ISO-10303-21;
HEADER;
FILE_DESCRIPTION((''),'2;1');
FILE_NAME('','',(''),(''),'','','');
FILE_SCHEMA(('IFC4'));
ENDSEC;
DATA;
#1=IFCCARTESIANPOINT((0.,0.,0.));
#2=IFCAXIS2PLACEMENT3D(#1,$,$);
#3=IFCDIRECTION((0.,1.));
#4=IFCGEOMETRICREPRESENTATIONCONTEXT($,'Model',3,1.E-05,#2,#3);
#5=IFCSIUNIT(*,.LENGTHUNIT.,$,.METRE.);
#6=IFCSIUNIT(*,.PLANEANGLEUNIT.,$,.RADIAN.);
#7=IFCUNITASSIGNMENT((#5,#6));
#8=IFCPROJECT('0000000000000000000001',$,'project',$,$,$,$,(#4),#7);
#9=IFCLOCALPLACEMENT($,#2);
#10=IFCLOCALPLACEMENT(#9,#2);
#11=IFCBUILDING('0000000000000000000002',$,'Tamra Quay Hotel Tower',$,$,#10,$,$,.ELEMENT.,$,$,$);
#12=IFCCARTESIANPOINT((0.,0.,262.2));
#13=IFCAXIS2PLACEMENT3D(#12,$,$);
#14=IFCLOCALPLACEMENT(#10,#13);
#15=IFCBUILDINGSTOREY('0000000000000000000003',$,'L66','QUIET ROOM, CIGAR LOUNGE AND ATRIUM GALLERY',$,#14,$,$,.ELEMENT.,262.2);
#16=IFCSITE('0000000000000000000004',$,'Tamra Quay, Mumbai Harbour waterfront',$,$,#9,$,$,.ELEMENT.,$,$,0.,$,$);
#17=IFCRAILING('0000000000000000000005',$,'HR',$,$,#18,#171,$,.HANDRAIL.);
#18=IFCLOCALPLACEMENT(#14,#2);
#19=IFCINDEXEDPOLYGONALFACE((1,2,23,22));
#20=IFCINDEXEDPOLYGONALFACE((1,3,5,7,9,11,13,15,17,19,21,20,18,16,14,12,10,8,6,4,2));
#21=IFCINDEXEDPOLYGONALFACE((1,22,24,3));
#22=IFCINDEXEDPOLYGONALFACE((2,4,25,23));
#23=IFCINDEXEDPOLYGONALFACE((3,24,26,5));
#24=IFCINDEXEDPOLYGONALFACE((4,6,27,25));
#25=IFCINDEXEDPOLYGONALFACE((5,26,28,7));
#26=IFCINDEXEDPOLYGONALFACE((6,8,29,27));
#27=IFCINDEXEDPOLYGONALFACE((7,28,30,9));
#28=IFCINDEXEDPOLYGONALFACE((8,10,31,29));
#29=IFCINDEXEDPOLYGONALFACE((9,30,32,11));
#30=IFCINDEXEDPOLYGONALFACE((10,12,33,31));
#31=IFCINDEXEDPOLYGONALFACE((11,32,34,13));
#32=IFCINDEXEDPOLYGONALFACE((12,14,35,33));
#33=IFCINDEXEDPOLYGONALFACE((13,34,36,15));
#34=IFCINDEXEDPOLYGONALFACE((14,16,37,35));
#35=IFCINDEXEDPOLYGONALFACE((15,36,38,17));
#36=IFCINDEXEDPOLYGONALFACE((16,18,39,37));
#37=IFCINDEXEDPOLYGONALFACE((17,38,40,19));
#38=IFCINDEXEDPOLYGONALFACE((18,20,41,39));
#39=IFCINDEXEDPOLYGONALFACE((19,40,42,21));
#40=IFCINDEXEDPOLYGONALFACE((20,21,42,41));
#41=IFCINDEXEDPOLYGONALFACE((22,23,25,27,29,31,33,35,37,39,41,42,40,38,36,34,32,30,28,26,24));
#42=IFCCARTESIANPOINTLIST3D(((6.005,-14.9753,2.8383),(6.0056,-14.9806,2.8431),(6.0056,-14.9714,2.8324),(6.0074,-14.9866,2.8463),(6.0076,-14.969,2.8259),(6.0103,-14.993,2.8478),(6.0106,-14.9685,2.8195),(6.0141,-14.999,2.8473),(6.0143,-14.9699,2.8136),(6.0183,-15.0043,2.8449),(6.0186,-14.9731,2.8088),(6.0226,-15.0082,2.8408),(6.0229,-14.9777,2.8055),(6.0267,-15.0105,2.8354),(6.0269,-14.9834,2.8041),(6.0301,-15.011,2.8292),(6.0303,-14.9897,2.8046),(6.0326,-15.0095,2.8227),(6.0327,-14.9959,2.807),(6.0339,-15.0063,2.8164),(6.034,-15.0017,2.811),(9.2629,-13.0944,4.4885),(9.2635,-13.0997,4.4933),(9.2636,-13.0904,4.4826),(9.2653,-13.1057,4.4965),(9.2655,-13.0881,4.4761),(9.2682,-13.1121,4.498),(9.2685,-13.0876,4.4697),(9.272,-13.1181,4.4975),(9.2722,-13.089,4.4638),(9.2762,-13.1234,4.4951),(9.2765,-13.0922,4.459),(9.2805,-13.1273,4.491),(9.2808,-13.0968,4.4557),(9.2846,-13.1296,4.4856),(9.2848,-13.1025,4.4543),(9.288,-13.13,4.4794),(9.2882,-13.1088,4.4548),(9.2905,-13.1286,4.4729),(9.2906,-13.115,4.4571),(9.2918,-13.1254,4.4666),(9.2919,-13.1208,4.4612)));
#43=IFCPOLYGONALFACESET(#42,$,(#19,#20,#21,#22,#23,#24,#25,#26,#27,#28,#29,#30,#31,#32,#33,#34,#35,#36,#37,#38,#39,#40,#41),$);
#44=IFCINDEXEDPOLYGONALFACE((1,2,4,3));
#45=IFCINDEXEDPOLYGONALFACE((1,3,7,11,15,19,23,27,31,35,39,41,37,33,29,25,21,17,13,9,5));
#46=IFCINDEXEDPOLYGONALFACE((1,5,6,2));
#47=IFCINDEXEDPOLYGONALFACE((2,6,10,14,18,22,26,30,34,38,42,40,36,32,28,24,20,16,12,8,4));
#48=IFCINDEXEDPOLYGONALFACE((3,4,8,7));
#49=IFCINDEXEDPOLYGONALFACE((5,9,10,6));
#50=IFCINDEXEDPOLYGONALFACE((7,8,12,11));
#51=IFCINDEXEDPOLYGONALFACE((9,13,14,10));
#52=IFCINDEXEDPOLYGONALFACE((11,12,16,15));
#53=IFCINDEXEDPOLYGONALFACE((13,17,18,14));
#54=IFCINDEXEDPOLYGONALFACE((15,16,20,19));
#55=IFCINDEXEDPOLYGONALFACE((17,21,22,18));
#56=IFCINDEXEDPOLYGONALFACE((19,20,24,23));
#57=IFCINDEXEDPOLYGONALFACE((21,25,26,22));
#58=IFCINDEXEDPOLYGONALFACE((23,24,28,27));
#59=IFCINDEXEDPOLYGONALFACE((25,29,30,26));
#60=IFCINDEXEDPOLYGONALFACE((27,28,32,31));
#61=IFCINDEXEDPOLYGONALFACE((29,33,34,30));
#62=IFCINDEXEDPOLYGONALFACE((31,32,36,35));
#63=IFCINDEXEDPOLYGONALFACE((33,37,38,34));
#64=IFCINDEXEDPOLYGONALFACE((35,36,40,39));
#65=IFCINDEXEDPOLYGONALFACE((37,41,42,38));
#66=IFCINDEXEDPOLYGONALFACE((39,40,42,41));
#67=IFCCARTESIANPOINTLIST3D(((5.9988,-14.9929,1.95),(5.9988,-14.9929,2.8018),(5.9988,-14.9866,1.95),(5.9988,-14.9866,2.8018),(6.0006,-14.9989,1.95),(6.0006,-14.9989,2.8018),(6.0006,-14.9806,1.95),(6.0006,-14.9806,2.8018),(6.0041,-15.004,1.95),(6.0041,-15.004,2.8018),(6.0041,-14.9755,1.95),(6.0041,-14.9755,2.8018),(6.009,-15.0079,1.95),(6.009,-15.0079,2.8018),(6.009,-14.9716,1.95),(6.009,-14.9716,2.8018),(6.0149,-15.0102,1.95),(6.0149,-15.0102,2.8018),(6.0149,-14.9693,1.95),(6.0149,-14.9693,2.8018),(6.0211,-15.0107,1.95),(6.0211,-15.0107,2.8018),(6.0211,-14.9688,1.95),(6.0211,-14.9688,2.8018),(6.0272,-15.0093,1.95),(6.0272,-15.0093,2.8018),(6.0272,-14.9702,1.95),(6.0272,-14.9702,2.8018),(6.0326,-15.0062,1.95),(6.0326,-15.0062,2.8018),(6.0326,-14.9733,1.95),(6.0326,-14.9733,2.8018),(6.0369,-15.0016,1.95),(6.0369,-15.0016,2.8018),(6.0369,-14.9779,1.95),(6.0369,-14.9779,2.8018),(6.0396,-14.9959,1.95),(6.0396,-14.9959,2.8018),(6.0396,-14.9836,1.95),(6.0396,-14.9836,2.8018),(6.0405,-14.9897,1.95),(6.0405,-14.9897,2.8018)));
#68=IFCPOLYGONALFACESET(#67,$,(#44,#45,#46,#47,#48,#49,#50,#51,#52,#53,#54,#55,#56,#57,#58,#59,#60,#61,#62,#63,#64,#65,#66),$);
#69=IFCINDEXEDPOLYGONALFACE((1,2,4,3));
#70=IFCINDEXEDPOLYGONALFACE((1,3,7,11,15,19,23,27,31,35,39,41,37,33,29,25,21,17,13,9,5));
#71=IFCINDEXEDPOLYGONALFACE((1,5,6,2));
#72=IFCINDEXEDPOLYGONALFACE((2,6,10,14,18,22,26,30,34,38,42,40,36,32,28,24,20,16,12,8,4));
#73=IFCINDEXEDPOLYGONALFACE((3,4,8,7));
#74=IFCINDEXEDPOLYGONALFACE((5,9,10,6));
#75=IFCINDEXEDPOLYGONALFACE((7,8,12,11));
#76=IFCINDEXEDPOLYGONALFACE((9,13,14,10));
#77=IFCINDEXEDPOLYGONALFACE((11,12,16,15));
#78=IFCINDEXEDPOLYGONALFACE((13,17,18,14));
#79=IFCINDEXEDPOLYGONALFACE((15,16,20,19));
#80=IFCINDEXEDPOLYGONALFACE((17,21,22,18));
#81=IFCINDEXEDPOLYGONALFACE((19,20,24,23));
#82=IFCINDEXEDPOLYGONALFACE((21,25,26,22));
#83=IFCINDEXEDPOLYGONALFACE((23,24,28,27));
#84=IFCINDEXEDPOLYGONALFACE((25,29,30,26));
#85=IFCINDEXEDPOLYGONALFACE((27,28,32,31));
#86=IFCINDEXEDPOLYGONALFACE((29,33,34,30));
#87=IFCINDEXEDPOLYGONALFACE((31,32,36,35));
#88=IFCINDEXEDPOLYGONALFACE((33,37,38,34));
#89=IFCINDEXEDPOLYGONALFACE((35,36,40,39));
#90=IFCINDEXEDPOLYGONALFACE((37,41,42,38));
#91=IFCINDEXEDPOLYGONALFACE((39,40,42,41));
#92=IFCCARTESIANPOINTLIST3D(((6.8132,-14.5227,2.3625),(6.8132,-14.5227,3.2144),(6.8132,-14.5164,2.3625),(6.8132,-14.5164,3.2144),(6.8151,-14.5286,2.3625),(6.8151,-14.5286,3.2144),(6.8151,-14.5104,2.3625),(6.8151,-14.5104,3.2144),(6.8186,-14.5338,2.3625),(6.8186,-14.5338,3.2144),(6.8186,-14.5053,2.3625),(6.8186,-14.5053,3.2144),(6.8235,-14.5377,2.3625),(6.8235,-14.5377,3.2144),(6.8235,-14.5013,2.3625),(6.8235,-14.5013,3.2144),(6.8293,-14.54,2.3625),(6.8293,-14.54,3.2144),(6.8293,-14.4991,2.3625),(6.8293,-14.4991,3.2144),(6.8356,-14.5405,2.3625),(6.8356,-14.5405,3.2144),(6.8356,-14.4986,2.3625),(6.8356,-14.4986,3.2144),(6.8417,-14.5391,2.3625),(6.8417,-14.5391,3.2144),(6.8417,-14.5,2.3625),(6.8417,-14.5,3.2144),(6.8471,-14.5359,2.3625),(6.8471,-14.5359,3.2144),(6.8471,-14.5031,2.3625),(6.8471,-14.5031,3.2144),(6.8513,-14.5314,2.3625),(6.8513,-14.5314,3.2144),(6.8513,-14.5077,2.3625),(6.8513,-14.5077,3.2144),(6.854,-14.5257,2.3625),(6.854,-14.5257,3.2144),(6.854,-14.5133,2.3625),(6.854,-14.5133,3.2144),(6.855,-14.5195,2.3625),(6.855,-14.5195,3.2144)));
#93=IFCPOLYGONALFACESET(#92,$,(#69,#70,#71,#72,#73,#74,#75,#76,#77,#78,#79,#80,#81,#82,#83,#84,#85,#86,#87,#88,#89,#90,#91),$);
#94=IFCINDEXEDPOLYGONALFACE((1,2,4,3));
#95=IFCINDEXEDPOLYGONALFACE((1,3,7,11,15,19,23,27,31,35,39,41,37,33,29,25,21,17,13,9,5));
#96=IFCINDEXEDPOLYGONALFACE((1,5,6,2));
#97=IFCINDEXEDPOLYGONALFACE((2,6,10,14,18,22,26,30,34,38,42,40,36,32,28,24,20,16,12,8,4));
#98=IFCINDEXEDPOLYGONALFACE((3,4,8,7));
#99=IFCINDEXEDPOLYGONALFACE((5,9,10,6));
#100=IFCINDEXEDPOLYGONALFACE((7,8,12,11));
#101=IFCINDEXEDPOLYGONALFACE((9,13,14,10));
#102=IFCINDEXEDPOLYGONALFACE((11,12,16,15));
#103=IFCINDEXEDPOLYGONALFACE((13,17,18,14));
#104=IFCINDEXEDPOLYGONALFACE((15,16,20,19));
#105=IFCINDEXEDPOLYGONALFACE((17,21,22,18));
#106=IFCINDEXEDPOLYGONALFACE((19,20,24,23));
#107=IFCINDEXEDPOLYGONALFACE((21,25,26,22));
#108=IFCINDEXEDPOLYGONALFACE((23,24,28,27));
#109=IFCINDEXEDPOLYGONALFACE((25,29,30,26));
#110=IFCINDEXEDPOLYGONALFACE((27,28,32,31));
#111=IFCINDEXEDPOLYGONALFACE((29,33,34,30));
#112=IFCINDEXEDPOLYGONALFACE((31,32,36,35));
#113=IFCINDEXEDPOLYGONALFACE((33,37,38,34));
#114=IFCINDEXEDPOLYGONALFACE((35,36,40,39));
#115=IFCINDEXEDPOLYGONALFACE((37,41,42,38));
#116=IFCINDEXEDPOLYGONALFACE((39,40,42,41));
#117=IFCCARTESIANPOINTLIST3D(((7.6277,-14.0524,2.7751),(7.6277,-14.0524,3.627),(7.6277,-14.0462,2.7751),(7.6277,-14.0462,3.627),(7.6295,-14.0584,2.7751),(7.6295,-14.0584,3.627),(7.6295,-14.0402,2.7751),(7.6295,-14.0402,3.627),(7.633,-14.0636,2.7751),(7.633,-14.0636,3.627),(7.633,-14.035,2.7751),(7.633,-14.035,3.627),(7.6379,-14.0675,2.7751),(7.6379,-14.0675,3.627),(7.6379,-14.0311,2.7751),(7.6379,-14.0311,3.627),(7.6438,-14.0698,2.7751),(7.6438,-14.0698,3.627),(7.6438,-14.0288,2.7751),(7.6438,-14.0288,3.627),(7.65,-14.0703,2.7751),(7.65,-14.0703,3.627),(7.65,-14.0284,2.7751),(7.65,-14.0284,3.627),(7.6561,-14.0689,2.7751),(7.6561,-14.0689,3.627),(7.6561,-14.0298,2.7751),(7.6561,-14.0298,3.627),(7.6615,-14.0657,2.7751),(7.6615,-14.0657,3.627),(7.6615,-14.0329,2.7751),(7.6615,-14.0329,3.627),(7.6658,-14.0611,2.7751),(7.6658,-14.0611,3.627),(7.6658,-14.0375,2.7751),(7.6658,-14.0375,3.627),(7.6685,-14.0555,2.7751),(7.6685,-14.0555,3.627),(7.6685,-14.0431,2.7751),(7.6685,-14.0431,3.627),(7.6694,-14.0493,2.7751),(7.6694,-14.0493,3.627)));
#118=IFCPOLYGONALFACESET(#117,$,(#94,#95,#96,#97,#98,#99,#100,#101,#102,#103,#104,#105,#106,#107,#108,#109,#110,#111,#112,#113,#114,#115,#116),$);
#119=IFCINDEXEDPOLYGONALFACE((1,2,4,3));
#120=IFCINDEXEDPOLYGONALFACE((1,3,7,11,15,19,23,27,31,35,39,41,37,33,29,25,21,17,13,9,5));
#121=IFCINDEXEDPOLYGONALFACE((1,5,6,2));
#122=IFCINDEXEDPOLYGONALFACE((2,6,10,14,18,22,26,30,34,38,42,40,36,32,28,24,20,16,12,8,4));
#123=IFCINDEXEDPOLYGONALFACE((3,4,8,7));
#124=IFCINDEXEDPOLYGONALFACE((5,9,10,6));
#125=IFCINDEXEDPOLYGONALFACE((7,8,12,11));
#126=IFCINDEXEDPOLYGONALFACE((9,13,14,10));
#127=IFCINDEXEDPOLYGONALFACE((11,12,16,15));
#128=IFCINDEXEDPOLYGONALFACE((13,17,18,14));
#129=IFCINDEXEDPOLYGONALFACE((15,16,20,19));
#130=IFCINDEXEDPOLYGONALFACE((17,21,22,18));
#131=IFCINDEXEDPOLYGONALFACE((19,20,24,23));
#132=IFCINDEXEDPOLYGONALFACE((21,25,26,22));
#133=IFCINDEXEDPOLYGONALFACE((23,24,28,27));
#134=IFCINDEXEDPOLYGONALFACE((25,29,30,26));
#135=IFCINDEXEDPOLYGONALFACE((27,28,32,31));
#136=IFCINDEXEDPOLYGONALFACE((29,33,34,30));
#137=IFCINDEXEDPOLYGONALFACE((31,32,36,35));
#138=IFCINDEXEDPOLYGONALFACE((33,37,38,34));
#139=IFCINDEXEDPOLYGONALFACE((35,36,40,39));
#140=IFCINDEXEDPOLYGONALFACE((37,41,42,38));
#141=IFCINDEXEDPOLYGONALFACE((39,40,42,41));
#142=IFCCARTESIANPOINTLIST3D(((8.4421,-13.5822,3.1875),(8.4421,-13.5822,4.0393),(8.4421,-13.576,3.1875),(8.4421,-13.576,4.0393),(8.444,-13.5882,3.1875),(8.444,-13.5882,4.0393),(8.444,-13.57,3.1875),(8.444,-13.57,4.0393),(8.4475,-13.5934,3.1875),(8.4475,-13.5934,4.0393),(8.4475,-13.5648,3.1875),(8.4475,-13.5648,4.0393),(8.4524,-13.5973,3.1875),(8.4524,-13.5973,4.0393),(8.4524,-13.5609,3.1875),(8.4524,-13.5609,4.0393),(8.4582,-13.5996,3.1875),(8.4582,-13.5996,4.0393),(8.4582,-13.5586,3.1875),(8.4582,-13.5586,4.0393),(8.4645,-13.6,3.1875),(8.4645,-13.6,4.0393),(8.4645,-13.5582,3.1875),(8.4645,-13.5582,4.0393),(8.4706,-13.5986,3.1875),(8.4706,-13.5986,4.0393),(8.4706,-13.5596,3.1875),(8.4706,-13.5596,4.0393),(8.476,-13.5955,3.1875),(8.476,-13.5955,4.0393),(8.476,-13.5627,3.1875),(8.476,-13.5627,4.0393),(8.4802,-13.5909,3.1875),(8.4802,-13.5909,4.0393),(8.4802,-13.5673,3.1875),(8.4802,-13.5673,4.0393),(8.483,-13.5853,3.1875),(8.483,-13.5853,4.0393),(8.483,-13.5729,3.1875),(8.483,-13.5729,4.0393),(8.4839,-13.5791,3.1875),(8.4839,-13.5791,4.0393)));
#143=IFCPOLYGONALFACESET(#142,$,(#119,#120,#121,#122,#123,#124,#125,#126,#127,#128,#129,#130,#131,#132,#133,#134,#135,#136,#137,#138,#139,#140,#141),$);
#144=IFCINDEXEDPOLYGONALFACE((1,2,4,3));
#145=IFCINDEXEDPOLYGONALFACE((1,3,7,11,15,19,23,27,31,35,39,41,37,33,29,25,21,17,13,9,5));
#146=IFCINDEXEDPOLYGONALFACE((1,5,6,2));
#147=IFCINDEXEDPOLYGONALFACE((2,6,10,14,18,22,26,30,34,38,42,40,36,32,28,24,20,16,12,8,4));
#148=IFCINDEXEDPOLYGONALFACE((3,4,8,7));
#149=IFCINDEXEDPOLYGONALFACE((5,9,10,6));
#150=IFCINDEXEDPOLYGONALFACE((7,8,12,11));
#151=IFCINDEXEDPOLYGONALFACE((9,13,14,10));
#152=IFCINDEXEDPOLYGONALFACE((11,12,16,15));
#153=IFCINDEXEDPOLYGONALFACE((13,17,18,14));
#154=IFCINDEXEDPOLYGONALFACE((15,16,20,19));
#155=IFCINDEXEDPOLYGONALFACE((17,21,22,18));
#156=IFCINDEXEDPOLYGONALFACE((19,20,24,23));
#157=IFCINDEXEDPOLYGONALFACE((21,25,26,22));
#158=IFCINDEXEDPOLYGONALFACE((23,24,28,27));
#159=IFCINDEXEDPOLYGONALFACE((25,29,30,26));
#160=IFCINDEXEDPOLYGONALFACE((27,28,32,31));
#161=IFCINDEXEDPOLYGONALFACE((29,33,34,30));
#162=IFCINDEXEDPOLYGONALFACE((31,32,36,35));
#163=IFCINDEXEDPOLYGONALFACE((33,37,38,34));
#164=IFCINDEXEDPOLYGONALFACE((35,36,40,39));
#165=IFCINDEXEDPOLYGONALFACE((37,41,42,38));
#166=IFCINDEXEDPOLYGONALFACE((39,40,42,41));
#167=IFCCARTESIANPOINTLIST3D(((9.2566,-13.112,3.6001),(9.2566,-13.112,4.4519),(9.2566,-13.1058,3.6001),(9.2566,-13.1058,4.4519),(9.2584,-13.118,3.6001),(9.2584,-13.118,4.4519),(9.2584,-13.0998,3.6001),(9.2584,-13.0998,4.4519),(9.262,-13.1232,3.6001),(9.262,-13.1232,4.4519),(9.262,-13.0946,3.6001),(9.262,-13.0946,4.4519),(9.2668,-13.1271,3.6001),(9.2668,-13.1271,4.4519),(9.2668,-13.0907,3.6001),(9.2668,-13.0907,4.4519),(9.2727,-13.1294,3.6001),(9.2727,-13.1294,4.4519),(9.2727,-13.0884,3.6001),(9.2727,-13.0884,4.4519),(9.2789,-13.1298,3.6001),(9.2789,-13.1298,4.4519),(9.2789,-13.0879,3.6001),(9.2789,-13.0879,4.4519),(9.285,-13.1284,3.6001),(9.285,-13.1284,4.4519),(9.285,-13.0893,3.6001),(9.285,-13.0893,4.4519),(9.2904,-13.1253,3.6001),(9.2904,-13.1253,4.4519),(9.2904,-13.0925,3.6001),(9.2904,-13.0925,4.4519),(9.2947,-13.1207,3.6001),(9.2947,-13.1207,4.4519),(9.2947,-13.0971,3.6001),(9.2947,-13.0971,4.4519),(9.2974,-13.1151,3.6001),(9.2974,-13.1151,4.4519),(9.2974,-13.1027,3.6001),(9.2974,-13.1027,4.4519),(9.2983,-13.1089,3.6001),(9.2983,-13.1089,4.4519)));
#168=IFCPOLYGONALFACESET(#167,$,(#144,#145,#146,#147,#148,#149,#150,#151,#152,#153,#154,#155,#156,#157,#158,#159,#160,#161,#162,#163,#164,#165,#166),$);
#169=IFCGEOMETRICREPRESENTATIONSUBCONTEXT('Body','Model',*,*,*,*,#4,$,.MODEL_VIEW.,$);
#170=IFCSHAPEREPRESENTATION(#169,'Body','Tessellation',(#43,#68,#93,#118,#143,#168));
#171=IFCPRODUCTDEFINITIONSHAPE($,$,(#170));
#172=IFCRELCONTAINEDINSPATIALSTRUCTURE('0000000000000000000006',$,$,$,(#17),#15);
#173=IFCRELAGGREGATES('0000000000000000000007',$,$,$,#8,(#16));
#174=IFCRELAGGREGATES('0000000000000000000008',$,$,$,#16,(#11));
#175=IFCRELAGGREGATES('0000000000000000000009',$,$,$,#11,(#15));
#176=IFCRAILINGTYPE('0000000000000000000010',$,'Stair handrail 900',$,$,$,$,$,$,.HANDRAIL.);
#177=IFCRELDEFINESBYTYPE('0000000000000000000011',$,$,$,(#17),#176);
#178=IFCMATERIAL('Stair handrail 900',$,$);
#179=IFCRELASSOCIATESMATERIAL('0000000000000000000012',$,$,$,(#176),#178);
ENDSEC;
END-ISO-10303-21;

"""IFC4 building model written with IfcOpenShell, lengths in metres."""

from ifc_helpers import new_model, si_unit, direction, frame, origin, origin_2d, place, context, subcontext, project, spatial, circle, extrude, material, type_object, element, save


model = new_model("IFC4")

# Units and contexts
model_context = context("Model", 3, precision=1e-05, world=origin(), true_north=direction((0.0, 1.0)))
body_context = subcontext(model_context, "Body", "Model", "MODEL_VIEW")
ifc_project = project(units=[si_unit("LENGTHUNIT", "METRE"), si_unit("PLANEANGLEUNIT", "RADIAN")], contexts=[model_context])

# Site, building, storey
site_placement = place(None, origin())
site = spatial("IfcSite", under=ifc_project, at=site_placement, Name="Tamra Quay, Mumbai Harbour waterfront", CompositionType="ELEMENT", RefElevation=0.0)
building_placement = place(site_placement, origin())
building = spatial("IfcBuilding", under=site, at=building_placement, Name="Tamra Quay Hotel Tower", CompositionType="ELEMENT")
storey_placement = place(building_placement, frame((0.0, 0.0, 262.2)))
storey = spatial("IfcBuildingStorey", under=building, at=storey_placement, Name="L66", Description="QUIET ROOM, CIGAR LOUNGE AND ATRIUM GALLERY", CompositionType="ELEMENT", Elevation=262.2)

# Railing
ifc_material_1 = material(Name="Stair handrail 900")
railing_type = type_object("IfcRailingType", Name="Stair handrail 900", PredefinedType="HANDRAIL", material=ifc_material_1)
railing_placement = place(storey_placement, frame((6.0195, -14.9897, 1.95)))
element("IfcRailing", 1, at=railing_placement, inside=storey, type_object=railing_type, Name="HR", PredefinedType="HANDRAIL", context=body_context, shape_type="SweptSolid", body=[
    extrude(circle(Radius=0.0239, at=origin_2d()), frame((0.0, 0.0, 0.876), z_axis=(0.793081, 0.457876, 0.401711), x_axis=(-0.499992, 0.86603, 0.0)), (0.0, 0.0, 1.0), 4.1079),
    extrude(circle(Radius=0.021, at=origin_2d()), origin(), (0.0, 0.0, 1.0), 0.8518),
    extrude(circle(Radius=0.021, at=origin_2d()), frame((0.8145, 0.4702, 0.4126)), (0.0, 0.0, 1.0), 0.8518),
    extrude(circle(Radius=0.021, at=origin_2d()), frame((1.6289, 0.9404, 0.8252)), (0.0, 0.0, 1.0), 0.8518),
    extrude(circle(Radius=0.021, at=origin_2d()), frame((2.4434, 1.4106, 1.2375)), (0.0, 0.0, 1.0), 0.8518),
    extrude(circle(Radius=0.021, at=origin_2d()), frame((3.2578, 1.8809, 1.6501)), (0.0, 0.0, 1.0), 0.8518),
])

save(model, "model.ifc")
